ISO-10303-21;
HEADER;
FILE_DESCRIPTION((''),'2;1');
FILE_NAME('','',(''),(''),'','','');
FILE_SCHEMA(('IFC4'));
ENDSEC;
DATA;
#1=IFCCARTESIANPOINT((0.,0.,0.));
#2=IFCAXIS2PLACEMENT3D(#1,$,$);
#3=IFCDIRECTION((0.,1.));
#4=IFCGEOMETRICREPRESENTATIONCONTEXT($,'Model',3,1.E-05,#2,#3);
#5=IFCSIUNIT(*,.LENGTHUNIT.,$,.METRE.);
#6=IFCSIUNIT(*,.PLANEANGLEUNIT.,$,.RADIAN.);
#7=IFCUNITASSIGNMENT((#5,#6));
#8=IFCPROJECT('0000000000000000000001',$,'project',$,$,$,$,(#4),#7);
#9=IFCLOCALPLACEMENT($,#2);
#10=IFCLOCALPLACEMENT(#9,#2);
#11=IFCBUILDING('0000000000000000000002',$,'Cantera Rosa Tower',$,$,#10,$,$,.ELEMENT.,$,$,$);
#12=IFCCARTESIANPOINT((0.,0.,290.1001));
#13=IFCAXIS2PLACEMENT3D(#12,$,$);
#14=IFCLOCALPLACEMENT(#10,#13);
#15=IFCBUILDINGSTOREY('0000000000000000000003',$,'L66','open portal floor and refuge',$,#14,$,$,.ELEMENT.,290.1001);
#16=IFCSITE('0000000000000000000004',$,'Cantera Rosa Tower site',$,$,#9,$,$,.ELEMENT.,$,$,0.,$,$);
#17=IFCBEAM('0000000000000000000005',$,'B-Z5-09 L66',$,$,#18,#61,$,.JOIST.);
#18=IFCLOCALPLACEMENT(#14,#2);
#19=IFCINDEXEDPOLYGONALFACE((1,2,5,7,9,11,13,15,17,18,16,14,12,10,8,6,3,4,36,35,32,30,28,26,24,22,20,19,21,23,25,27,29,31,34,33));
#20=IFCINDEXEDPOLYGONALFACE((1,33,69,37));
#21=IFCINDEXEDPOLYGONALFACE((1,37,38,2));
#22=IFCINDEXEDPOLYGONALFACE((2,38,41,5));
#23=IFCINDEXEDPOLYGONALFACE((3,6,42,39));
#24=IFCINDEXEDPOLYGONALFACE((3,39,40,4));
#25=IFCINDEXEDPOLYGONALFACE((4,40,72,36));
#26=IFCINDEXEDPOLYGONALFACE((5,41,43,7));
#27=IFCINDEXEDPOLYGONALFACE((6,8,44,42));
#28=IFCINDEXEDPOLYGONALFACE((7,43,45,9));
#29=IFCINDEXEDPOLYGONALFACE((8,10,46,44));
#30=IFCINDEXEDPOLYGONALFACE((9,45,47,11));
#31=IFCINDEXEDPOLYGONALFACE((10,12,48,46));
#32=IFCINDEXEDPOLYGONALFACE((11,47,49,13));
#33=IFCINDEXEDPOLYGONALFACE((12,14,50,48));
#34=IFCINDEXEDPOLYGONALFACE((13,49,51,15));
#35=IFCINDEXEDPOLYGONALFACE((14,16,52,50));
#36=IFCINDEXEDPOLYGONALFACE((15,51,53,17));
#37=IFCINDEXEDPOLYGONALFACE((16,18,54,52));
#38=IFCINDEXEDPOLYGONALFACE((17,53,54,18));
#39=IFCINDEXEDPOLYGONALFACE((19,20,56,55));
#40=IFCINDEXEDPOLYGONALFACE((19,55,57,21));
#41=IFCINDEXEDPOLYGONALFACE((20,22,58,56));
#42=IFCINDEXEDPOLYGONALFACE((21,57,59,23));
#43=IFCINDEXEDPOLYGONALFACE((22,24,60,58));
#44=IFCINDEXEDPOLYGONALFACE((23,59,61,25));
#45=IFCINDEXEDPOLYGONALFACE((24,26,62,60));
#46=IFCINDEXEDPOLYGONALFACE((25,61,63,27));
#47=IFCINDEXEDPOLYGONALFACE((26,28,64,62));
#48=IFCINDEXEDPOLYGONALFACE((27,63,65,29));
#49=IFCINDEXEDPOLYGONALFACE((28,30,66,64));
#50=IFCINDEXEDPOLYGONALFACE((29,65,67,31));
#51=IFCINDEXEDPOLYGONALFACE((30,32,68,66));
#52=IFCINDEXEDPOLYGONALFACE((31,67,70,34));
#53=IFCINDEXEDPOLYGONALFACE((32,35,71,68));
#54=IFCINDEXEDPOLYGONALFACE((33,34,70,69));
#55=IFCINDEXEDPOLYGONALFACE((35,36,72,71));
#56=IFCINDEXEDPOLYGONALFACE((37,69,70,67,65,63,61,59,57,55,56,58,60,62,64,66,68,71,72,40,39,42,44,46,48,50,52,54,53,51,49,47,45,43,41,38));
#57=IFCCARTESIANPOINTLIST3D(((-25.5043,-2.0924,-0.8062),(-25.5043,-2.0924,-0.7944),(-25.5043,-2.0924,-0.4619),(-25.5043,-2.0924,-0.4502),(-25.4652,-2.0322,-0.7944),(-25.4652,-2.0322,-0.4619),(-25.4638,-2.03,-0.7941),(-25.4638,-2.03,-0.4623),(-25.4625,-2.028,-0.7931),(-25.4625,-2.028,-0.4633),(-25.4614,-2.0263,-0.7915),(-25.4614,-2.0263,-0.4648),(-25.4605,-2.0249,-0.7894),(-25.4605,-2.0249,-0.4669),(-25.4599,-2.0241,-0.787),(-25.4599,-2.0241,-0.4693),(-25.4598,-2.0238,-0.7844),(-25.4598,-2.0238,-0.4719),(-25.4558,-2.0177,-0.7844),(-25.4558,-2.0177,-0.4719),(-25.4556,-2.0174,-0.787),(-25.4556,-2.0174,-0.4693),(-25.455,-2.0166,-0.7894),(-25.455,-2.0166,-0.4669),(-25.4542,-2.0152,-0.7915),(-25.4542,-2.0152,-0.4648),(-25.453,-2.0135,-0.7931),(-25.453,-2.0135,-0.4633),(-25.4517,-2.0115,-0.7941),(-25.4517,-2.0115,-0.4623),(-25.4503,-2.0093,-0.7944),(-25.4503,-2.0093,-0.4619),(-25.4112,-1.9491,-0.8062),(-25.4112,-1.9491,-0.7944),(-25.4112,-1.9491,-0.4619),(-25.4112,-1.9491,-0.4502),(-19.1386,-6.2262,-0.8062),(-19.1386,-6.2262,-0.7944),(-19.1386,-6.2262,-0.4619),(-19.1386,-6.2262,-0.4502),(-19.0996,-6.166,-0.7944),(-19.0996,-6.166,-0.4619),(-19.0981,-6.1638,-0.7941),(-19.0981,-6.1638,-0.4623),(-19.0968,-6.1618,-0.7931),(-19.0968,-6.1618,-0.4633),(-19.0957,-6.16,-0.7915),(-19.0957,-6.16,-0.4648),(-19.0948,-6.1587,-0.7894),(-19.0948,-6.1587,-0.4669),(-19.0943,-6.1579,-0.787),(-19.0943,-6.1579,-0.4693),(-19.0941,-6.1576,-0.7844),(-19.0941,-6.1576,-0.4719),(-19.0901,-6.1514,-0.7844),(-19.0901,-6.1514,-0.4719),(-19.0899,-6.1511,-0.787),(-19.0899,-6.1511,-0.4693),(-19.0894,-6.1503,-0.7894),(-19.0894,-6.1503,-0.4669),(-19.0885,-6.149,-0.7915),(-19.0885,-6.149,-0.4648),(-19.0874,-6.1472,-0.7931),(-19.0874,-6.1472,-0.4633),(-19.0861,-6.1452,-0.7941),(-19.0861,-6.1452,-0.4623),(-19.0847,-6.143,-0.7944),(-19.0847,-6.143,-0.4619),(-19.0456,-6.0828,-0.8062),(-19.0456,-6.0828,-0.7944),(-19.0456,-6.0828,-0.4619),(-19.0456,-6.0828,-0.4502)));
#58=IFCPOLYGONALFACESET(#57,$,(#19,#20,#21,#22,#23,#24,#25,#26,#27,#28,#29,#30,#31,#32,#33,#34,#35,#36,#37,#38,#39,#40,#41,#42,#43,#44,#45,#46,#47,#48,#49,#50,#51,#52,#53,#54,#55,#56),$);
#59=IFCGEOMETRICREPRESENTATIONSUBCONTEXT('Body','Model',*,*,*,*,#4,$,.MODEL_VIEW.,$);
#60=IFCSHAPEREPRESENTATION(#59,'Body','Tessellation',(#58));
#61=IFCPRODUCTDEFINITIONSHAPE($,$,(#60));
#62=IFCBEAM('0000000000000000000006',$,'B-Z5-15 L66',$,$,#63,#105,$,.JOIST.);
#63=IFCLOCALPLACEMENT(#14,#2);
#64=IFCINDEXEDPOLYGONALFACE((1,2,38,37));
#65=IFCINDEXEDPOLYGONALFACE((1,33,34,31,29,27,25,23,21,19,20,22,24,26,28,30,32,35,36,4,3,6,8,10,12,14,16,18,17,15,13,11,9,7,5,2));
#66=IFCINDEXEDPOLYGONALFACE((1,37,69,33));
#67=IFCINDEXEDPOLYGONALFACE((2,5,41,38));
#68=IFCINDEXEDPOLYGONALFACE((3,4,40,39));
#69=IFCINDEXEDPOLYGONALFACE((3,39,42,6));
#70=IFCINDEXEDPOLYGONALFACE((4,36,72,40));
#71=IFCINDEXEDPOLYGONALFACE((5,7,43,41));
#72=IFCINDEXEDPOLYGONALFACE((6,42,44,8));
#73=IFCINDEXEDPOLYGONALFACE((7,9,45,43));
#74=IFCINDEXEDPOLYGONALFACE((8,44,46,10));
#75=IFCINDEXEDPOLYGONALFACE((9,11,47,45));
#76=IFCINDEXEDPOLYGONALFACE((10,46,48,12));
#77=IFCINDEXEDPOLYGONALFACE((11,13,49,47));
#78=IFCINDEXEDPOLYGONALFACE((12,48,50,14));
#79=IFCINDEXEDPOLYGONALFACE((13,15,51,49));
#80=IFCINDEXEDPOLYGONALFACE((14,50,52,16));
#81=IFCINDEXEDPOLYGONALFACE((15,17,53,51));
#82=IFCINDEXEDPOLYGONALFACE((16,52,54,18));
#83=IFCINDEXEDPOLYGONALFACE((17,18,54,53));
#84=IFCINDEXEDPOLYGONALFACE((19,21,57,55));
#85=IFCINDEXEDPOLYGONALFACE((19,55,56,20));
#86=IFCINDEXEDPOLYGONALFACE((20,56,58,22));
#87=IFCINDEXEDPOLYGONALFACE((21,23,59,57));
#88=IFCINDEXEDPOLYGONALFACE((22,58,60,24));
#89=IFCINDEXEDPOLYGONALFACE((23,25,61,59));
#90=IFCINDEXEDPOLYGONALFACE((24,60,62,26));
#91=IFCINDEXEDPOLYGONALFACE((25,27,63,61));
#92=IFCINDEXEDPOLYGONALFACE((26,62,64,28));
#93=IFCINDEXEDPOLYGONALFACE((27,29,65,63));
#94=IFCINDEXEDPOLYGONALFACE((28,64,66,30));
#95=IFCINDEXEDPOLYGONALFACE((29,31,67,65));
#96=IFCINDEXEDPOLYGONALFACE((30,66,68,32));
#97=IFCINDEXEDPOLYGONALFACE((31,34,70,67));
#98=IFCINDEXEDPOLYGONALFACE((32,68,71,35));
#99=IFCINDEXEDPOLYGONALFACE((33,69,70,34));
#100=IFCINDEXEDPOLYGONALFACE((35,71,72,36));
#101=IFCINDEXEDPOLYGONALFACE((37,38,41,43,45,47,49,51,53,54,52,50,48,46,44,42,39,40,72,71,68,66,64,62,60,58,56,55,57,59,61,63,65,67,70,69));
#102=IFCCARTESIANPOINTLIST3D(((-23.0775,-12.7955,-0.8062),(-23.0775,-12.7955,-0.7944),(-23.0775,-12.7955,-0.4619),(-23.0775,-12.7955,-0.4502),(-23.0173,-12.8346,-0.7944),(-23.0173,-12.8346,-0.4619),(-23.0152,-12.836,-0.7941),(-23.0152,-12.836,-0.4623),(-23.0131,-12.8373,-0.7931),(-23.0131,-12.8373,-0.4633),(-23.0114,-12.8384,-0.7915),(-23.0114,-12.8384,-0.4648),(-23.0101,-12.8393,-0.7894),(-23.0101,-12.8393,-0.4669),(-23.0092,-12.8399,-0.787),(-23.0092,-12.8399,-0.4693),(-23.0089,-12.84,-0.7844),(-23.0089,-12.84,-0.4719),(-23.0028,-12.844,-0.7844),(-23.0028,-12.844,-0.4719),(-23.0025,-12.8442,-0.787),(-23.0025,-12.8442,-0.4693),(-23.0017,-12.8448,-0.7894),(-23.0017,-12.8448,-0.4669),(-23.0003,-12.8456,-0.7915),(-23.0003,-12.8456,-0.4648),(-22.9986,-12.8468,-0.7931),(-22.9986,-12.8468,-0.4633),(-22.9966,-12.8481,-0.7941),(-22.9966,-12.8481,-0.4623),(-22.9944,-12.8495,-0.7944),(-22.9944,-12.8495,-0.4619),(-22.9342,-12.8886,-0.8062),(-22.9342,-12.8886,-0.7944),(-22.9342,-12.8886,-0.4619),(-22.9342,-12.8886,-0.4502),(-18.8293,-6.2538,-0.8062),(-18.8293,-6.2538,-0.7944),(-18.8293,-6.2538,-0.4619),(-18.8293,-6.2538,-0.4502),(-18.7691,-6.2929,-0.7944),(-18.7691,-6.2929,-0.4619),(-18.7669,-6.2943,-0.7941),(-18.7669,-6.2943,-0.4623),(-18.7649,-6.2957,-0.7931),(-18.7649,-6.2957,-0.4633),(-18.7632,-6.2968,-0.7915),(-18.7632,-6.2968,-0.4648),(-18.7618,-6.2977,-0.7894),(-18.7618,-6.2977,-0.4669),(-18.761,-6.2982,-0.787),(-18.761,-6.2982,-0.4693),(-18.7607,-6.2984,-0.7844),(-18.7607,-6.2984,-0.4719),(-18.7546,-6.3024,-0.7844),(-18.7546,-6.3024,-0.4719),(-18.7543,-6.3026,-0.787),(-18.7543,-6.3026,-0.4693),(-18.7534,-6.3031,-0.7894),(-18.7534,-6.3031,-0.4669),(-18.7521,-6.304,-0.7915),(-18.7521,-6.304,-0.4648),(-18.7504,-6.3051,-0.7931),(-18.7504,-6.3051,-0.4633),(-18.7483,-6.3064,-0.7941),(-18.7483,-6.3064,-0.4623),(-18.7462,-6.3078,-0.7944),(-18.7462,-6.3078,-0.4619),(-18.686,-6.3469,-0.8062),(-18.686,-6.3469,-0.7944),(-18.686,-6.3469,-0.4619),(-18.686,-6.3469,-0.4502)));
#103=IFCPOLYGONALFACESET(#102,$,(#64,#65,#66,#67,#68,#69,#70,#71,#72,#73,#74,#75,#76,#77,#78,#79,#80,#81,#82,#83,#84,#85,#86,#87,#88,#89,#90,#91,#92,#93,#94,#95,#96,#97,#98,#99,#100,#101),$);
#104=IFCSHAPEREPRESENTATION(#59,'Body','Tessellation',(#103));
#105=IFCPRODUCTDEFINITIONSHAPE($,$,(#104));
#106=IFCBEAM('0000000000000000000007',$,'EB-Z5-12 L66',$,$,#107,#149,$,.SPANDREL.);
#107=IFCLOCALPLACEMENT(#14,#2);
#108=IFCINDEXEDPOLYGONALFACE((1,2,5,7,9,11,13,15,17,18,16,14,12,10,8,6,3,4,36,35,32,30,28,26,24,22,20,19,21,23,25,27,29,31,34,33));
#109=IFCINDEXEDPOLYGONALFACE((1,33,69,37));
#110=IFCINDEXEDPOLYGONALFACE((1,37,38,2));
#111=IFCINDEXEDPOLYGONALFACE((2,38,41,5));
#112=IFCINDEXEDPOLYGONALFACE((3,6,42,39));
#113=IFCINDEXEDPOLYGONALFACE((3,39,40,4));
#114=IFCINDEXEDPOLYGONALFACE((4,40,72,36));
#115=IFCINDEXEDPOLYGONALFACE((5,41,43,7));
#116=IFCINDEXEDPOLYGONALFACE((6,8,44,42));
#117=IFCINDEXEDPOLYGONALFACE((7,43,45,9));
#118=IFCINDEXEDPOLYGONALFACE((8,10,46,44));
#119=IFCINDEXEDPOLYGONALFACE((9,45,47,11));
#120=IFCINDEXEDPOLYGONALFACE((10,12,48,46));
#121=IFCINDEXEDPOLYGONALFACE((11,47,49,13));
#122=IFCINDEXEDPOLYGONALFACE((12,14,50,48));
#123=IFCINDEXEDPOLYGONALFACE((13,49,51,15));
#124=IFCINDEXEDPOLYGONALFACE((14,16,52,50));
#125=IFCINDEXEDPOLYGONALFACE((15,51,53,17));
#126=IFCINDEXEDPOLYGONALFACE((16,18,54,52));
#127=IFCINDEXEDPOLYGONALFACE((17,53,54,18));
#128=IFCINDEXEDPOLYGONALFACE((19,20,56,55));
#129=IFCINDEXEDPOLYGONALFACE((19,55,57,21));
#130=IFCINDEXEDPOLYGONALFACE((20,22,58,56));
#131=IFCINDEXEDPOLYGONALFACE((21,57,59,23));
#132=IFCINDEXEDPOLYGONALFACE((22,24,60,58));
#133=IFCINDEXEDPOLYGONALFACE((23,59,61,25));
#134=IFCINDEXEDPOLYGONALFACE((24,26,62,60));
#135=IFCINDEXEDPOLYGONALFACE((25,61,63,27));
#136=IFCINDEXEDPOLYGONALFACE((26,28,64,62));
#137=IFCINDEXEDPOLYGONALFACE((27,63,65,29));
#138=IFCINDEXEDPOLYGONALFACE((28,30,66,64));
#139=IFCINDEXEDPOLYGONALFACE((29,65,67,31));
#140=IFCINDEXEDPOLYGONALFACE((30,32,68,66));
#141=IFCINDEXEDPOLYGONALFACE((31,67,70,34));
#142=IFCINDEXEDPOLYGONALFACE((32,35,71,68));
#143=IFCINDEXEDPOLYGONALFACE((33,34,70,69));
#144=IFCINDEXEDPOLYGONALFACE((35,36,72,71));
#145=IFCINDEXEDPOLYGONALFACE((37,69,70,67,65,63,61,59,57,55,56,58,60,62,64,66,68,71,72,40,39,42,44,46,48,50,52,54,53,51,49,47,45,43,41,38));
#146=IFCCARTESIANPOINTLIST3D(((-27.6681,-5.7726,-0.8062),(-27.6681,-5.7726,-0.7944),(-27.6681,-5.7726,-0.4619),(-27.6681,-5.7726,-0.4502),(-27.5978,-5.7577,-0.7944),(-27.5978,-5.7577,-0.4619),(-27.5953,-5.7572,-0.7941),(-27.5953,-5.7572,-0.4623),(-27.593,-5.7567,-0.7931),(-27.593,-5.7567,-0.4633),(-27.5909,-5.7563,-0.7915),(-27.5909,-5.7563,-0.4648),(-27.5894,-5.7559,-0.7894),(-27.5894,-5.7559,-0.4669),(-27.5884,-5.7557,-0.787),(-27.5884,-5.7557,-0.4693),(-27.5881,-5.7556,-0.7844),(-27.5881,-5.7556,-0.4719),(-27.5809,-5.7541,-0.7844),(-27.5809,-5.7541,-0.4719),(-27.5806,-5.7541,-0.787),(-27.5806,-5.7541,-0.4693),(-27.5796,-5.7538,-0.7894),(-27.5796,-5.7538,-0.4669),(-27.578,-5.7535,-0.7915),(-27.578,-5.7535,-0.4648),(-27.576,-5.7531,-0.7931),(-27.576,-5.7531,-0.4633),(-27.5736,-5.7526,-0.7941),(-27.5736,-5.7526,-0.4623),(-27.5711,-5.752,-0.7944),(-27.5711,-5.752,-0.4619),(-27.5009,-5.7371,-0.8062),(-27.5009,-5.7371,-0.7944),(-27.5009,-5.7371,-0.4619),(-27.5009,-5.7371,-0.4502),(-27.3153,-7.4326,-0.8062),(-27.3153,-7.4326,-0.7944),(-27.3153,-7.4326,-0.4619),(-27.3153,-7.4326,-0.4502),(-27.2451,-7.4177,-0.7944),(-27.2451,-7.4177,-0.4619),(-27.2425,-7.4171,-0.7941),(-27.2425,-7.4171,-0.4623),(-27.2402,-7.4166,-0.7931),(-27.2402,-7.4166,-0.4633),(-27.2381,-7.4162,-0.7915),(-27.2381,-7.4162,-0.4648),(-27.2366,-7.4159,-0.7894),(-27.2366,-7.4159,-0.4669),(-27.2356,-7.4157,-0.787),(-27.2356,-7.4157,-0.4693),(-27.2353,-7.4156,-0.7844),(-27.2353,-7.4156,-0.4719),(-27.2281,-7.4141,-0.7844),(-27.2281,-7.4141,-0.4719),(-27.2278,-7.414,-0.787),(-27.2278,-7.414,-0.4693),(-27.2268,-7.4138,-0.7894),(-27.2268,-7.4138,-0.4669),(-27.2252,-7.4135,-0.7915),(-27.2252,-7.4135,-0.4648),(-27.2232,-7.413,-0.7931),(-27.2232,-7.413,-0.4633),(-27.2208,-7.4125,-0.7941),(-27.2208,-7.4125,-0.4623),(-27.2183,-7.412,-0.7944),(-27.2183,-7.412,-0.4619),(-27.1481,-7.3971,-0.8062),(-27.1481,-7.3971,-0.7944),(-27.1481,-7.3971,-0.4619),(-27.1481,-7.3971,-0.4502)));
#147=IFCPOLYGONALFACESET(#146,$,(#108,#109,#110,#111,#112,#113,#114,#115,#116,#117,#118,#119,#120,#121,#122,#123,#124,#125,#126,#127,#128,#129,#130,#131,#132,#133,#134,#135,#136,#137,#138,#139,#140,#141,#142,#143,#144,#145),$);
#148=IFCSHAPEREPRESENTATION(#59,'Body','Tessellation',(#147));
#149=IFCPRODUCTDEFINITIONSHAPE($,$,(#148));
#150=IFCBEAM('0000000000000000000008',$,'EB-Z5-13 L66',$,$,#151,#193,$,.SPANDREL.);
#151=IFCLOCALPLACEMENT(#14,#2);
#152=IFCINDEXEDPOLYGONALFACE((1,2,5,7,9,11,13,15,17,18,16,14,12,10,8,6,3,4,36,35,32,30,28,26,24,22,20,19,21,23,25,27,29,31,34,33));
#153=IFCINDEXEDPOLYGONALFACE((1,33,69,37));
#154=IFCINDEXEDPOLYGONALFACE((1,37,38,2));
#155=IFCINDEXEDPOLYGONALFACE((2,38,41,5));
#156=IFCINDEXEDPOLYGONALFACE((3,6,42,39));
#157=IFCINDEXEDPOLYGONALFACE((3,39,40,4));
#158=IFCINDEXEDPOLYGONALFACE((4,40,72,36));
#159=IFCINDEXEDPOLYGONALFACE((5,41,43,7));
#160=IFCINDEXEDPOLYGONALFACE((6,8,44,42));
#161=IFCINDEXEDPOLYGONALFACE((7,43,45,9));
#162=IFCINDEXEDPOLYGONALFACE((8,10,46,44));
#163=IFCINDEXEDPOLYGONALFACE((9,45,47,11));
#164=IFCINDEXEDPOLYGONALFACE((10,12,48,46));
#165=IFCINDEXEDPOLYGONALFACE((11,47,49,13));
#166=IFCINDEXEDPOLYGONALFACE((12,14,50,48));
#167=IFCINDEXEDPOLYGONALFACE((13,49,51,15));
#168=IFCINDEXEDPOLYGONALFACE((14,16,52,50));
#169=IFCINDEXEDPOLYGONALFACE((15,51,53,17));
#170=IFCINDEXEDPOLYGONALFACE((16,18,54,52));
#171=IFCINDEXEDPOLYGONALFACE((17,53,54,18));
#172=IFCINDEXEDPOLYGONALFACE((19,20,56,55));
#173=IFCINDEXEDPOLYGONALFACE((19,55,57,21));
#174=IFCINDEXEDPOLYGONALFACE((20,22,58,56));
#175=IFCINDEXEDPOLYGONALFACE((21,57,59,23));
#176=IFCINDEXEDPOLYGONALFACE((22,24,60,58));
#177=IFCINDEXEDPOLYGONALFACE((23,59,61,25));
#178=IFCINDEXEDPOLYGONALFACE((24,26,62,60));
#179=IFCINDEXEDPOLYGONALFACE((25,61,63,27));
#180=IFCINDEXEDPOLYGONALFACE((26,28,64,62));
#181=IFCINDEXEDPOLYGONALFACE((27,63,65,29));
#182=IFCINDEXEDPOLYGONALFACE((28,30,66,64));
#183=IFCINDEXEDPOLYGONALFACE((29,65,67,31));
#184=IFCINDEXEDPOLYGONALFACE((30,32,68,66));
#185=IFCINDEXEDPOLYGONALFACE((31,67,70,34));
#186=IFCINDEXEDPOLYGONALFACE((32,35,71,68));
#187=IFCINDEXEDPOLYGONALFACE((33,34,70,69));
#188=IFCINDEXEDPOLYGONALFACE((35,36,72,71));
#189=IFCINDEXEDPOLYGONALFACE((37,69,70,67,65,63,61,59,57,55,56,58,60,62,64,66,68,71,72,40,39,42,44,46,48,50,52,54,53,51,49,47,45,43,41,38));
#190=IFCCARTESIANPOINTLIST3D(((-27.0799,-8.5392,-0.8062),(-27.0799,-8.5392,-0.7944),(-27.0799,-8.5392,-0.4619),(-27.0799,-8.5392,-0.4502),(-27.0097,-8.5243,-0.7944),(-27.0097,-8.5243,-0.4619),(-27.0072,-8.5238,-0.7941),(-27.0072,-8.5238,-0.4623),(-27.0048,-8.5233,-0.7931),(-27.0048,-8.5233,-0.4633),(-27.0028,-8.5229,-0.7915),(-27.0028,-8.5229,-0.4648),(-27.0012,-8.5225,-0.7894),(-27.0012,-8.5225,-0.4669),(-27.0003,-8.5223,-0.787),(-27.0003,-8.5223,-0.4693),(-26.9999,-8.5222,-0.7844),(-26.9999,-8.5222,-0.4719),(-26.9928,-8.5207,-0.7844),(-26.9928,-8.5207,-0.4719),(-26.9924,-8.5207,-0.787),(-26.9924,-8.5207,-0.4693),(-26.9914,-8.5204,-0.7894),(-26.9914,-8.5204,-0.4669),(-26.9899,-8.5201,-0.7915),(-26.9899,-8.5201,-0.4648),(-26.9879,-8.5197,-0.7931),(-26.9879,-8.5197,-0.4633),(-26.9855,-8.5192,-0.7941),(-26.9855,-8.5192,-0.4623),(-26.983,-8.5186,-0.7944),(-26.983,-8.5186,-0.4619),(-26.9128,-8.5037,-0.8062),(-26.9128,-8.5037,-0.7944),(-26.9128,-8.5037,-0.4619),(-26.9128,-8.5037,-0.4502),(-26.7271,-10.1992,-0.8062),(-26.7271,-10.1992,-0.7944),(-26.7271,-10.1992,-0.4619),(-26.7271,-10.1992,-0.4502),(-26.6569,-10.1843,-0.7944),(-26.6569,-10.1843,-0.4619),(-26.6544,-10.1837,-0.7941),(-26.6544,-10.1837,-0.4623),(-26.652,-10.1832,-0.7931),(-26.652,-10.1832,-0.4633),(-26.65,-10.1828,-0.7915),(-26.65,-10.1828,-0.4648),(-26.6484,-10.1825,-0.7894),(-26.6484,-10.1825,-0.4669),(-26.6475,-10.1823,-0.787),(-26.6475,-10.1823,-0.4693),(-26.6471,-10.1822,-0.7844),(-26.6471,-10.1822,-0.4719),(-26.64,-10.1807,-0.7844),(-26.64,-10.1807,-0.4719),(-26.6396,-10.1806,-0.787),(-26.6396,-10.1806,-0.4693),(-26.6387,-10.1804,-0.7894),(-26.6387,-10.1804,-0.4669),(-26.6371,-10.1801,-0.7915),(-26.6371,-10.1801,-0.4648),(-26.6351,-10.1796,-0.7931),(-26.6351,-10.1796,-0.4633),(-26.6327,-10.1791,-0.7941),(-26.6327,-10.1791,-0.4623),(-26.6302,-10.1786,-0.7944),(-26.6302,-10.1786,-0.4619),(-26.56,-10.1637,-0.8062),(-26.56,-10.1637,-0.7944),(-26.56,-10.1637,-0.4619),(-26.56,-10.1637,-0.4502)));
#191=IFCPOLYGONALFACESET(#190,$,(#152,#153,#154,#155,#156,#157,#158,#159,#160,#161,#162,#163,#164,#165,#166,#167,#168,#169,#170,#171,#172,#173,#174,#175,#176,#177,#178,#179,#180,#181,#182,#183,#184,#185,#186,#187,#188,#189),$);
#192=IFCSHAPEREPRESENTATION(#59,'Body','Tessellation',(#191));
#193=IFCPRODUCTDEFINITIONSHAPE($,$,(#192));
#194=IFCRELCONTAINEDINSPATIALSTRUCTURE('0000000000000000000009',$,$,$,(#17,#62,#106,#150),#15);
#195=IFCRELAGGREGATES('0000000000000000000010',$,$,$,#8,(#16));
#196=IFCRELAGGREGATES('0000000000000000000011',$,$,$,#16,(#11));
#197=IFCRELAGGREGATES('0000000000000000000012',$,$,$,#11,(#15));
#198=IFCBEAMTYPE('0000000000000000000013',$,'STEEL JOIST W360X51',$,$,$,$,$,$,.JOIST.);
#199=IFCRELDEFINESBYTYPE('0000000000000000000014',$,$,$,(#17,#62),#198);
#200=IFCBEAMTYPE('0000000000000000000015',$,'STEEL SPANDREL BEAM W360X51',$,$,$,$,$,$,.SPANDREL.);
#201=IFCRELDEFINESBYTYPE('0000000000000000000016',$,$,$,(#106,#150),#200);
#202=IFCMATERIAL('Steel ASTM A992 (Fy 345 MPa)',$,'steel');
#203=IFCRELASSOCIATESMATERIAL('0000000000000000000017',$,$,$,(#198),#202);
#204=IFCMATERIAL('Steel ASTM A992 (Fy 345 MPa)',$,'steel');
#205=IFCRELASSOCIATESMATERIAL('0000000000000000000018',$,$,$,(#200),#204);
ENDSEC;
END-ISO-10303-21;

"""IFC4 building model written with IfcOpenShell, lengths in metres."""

from ifc_helpers import new_model, si_unit, direction, frame, origin, origin_2d, place, context, subcontext, project, spatial, i_section, extrude, material, material_profile, profile_set, type_object, element, save


model = new_model("IFC4")

# Units and contexts
model_context = context("Model", 3, precision=1e-05, world=origin(), true_north=direction((0.0, 1.0)))
body_context = subcontext(model_context, "Body", "Model", "MODEL_VIEW")
ifc_project = project(units=[si_unit("LENGTHUNIT", "METRE"), si_unit("PLANEANGLEUNIT", "RADIAN")], contexts=[model_context])

# Site, building, storey
site_placement = place(None, origin())
site = spatial("IfcSite", under=ifc_project, at=site_placement, Name="Cantera Rosa Tower site", CompositionType="ELEMENT", RefElevation=0.0)
building_placement = place(site_placement, origin())
building = spatial("IfcBuilding", under=site, at=building_placement, Name="Cantera Rosa Tower", CompositionType="ELEMENT")
storey_placement = place(building_placement, frame((0.0, 0.0, 290.1001)))
storey = spatial("IfcBuildingStorey", under=building, at=storey_placement, Name="L66", Description="open portal floor and refuge", CompositionType="ELEMENT", Elevation=290.1001)

# Beams
ifc_material_1 = material(Name="Steel ASTM A992 (Fy 345 MPa)", Category="steel")
ifc_material_profile_1 = material_profile(ifc_material_1, i_section(OverallWidth=0.1709, OverallDepth=0.356, WebThickness=0.0073, FlangeThickness=0.0117, FilletRadius=0.01, at=origin_2d()), Name="W360X51")
ifc_profile_set_1 = profile_set([ifc_material_profile_1], Name="Steel ASTM A992 (Fy 345 MPa)")
beam_type_1 = type_object("IfcBeamType", Name="STEEL JOIST W360X51", PredefinedType="JOIST", material=ifc_profile_set_1)
beam_1_placement = place(storey_placement, frame((-25.4578, -2.0208, -0.6282), z_axis=(0.83868, -0.544624, 0.0), x_axis=(0.544624, 0.83868, 0.0)))
element("IfcBeam", 1, at=beam_1_placement, inside=storey, type_object=beam_type_1, Name="B-Z5-09 L66", PredefinedType="JOIST", context=body_context, shape_type="SweptSolid", body=[
    extrude(i_section(OverallWidth=0.1709, OverallDepth=0.356, WebThickness=0.0073, FlangeThickness=0.0117, FilletRadius=0.01, at=origin_2d()), origin(), (0.0, 0.0, 1.0), 7.5901),
])
beam_2_placement = place(storey_placement, frame((-23.0059, -12.842, -0.6282), z_axis=(0.544642, 0.838669, 0.0), x_axis=(-0.838669, 0.544642, 0.0)))
element("IfcBeam", 2, at=beam_2_placement, inside=storey, type_object=beam_type_1, Name="B-Z5-15 L66", PredefinedType="JOIST", context=body_context, shape_type="SweptSolid", body=[
    extrude(i_section(OverallWidth=0.1709, OverallDepth=0.356, WebThickness=0.0073, FlangeThickness=0.0117, FilletRadius=0.01, at=origin_2d()), origin(), (0.0, 0.0, 1.0), 7.8),
])
ifc_material_2 = material(Name="Steel ASTM A992 (Fy 345 MPa)", Category="steel")
ifc_material_profile_2 = material_profile(ifc_material_2, i_section(OverallWidth=0.1709, OverallDepth=0.356, WebThickness=0.0073, FlangeThickness=0.0117, FilletRadius=0.01, at=origin_2d()), Name="W360X51")
ifc_profile_set_2 = profile_set([ifc_material_profile_2], Name="Steel ASTM A992 (Fy 345 MPa)")
beam_type_2 = type_object("IfcBeamType", Name="STEEL SPANDREL BEAM W360X51", PredefinedType="SPANDREL", material=ifc_profile_set_2)
for number, where, z_axis, x_axis, name in (
    (3, (-27.5845, -5.7549, -0.6282), (0.207888, -0.978153, 0.0), (0.978153, 0.207888, 0.0), "EB-Z5-12 L66"),
    (4, (-26.9963, -8.5215, -0.6282), (0.207888, -0.978153, 0.0), (0.978153, 0.207888, 0.0), "EB-Z5-13 L66"),
):
    element("IfcBeam", number, at=place(storey_placement, frame(where, z_axis=z_axis, x_axis=x_axis)), inside=storey, type_object=beam_type_2, Name=name, PredefinedType="SPANDREL", context=body_context, shape_type="SweptSolid", body=[
        extrude(i_section(OverallWidth=0.1709, OverallDepth=0.356, WebThickness=0.0073, FlangeThickness=0.0117, FilletRadius=0.01, at=origin_2d()), origin(), (0.0, 0.0, 1.0), 1.697),
    ])

save(model, "model.ifc")
